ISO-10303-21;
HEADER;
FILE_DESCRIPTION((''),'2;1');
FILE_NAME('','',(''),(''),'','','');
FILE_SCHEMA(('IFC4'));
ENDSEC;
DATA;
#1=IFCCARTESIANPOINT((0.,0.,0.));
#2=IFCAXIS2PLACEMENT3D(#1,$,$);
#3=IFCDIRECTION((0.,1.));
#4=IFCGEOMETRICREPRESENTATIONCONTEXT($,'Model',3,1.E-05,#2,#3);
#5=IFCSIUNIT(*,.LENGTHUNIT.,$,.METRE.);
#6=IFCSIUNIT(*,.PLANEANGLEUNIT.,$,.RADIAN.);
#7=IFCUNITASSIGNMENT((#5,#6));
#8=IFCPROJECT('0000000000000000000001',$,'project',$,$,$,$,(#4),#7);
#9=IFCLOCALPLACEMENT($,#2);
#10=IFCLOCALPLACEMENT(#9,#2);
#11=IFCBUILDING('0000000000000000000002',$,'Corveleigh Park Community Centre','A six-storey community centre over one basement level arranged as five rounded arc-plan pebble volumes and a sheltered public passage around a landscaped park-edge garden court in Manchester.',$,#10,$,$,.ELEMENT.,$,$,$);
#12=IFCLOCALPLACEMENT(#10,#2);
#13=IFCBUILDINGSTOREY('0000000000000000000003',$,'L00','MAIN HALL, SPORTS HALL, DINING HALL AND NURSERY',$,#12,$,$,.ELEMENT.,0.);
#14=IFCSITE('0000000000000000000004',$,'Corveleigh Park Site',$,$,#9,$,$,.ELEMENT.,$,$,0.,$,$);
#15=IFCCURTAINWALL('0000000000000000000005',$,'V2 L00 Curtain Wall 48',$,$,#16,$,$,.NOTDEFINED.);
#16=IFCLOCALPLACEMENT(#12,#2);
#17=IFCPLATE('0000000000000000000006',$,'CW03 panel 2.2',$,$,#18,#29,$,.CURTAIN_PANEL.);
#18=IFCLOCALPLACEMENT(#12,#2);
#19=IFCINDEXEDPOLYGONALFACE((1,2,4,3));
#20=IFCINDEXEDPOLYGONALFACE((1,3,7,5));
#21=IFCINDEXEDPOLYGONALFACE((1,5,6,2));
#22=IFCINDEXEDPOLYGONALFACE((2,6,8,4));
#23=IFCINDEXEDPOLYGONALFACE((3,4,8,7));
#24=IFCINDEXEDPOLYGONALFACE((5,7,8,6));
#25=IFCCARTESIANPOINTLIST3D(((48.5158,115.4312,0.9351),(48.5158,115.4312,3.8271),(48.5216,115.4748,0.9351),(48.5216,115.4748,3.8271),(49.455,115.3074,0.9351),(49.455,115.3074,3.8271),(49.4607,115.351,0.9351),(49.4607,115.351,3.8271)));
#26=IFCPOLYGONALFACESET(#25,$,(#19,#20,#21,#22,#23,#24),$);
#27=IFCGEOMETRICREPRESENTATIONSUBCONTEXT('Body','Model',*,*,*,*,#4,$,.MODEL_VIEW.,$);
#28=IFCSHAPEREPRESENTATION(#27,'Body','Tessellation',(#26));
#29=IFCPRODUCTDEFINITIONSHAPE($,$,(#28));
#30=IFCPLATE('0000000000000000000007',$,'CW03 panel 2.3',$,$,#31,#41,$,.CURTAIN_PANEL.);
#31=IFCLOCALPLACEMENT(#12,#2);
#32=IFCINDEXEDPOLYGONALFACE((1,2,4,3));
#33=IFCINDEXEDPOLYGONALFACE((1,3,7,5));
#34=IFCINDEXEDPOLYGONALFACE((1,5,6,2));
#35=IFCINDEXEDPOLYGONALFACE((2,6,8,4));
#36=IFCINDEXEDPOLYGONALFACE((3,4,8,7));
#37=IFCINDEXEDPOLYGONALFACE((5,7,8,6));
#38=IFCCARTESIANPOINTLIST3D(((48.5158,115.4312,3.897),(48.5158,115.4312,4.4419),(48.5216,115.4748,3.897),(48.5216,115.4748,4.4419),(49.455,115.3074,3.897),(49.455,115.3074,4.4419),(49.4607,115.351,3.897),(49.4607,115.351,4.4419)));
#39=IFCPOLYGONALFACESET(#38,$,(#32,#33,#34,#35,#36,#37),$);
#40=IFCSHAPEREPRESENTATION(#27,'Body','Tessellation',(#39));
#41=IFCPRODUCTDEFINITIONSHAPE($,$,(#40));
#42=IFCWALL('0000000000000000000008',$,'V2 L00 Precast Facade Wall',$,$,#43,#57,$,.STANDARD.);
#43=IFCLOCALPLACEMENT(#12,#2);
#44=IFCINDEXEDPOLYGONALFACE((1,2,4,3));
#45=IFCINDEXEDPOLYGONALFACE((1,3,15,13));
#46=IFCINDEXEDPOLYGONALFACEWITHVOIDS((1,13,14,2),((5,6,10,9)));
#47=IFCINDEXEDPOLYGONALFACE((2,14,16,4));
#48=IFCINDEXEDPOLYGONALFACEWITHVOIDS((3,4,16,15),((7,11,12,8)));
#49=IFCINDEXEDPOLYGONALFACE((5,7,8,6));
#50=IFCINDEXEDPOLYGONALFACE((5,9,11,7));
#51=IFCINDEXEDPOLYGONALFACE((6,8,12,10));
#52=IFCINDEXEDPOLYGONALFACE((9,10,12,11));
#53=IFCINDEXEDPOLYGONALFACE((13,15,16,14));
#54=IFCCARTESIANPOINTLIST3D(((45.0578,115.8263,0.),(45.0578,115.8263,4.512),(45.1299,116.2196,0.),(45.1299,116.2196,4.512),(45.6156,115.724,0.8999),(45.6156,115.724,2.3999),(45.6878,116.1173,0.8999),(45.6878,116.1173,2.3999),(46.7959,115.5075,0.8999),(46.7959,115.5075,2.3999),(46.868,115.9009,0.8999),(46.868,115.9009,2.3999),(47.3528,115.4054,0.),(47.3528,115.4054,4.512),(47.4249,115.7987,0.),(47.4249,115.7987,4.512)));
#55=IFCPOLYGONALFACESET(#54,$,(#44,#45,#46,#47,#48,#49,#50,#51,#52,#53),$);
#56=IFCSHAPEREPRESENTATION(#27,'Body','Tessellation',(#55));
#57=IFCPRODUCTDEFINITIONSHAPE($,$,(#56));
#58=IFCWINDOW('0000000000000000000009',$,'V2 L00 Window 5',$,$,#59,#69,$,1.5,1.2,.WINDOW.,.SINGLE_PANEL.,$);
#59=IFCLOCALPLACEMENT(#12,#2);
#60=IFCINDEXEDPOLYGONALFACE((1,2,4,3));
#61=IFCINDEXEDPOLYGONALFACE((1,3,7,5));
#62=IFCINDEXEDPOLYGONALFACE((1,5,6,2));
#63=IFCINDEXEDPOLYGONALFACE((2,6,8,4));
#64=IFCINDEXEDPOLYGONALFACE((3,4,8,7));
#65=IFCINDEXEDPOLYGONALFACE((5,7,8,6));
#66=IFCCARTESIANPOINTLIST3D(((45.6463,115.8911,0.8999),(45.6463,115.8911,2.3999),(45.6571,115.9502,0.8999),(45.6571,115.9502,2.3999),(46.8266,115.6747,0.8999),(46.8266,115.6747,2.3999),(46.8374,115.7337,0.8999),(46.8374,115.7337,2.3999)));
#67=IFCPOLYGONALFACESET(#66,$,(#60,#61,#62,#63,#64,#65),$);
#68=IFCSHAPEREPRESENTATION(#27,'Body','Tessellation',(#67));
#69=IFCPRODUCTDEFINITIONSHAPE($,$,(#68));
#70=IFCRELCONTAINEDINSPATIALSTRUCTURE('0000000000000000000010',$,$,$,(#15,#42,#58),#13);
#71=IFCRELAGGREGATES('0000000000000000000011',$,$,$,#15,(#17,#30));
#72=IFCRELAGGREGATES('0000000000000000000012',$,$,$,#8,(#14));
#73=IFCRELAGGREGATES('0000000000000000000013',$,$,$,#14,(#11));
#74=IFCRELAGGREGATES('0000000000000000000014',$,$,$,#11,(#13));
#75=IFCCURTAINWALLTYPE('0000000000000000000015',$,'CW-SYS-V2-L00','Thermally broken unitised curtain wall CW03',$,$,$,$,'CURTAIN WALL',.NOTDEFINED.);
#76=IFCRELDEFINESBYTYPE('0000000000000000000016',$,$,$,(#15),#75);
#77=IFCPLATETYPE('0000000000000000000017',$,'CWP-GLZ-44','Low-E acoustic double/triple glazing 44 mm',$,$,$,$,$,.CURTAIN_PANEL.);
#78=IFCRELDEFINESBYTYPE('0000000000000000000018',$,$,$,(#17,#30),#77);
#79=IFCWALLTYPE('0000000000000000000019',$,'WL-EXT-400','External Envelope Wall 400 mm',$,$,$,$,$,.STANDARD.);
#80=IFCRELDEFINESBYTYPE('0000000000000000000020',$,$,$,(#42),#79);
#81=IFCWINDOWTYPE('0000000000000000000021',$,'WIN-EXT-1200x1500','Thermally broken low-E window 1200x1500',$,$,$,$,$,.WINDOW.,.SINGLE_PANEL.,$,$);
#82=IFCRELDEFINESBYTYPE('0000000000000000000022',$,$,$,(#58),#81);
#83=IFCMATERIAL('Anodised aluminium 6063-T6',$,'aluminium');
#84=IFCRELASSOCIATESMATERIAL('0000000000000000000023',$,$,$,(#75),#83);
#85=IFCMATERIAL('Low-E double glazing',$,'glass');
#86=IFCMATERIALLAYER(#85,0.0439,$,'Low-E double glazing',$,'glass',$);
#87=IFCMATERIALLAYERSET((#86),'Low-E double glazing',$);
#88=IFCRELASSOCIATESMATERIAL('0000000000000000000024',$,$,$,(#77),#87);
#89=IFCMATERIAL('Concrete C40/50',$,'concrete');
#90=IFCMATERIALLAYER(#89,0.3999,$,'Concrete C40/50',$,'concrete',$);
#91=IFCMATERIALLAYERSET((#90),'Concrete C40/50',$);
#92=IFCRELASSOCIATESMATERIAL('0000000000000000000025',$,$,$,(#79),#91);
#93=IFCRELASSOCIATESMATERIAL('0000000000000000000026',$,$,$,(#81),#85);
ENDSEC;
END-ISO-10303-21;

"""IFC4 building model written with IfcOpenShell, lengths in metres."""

from ifc_helpers import new_model, si_unit, direction, frame, frame_2d, origin, origin_2d, place, context, subcontext, project, spatial, rectangle, extrude, material, layer, layer_set, type_object, element, fill, aggregate, save


model = new_model("IFC4")

# Units and contexts
model_context = context("Model", 3, precision=1e-05, world=origin(), true_north=direction((0.0, 1.0)))
body_context = subcontext(model_context, "Body", "Model", "MODEL_VIEW")
ifc_project = project(units=[si_unit("LENGTHUNIT", "METRE"), si_unit("PLANEANGLEUNIT", "RADIAN")], contexts=[model_context])

# Site, building, storey
site_placement = place(None, origin())
site = spatial("IfcSite", under=ifc_project, at=site_placement, Name="Corveleigh Park Site", CompositionType="ELEMENT", RefElevation=0.0)
building_placement = place(site_placement, origin())
building = spatial("IfcBuilding", under=site, at=building_placement, Name="Corveleigh Park Community Centre", Description="A six-storey community centre over one basement level arranged as five rounded arc-plan pebble volumes and a sheltered public passage around a landscaped park-edge garden court in Manchester.", CompositionType="ELEMENT")
storey_placement = place(building_placement, origin())
storey = spatial("IfcBuildingStorey", under=building, at=storey_placement, Name="L00", Description="MAIN HALL, SPORTS HALL, DINING HALL AND NURSERY", CompositionType="ELEMENT", Elevation=0.0)

# Shared definitions
ifc_material_1 = material(Name="Anodised aluminium 6063-T6", Category="aluminium")
curtain_wall_type = type_object("IfcCurtainWallType", Name="CW-SYS-V2-L00", Description="Thermally broken unitised curtain wall CW03", ElementType="CURTAIN WALL", PredefinedType="NOTDEFINED", material=ifc_material_1)

# Curtain wall
curtain_wall_1_placement = place(storey_placement, origin())
curtain_wall_1 = element("IfcCurtainWall", 1, at=curtain_wall_1_placement, inside=storey, type_object=curtain_wall_type, Name="V2 L00 Curtain Wall 48", PredefinedType="NOTDEFINED")

# Plates
ifc_material_2 = material(Name="Low-E double glazing", Category="glass")
ifc_layer_1 = layer(ifc_material_2, 0.0439, Name="Low-E double glazing", Category="glass")
ifc_layer_set_1 = layer_set([ifc_layer_1], Name="Low-E double glazing")
plate_type_1 = type_object("IfcPlateType", Name="CWP-GLZ-44", Description="Low-E acoustic double/triple glazing 44 mm", PredefinedType="CURTAIN_PANEL", material=ifc_layer_set_1)
plate_1_placement = place(storey_placement, frame((48.9883, 115.3911, 0.9351), z_axis=(0.0, 0.0, 1.0), x_axis=(0.991418, -0.130731, 0.0)))
plate_1 = element("IfcPlate", 2, at=plate_1_placement, type_object=plate_type_1, Name="CW03 panel 2.2", PredefinedType="CURTAIN_PANEL", context=body_context, shape_type="SweptSolid", body=[
    extrude(rectangle(XDim=0.9473, YDim=0.0439, at=origin_2d()), origin(), (0.0, 0.0, 1.0), 2.8921),
])
plate_2_placement = place(storey_placement, frame((48.9883, 115.3911, 3.897), z_axis=(0.0, 0.0, 1.0), x_axis=(0.991418, -0.130731, 0.0)))
plate_2 = element("IfcPlate", 3, at=plate_2_placement, type_object=plate_type_1, Name="CW03 panel 2.3", PredefinedType="CURTAIN_PANEL", context=body_context, shape_type="SweptSolid", body=[
    extrude(rectangle(XDim=0.9473, YDim=0.0439, at=origin_2d()), origin(), (0.0, 0.0, 1.0), 0.5449),
])
aggregate(curtain_wall_1, [plate_1, plate_2])

# Wall, opening, window
ifc_material_3 = material(Name="Concrete C40/50", Category="concrete")
ifc_layer_2 = layer(ifc_material_3, 0.3999, Name="Concrete C40/50", Category="concrete")
ifc_layer_set_2 = layer_set([ifc_layer_2], Name="Concrete C40/50")
wall_type = type_object("IfcWallType", Name="WL-EXT-400", Description="External Envelope Wall 400 mm", PredefinedType="STANDARD", material=ifc_layer_set_2)
wall_placement = place(storey_placement, frame((45.094, 116.0229, 0.0), z_axis=(0.0, 0.0, 1.0), x_axis=(0.983594, -0.180395, 0.0)))
wall = element("IfcWall", 4, at=wall_placement, inside=storey, type_object=wall_type, Name="V2 L00 Precast Facade Wall", PredefinedType="STANDARD", context=body_context, shape_type="SweptSolid", body=[
    extrude(rectangle(XDim=2.3333, YDim=0.3999, at=frame_2d((1.1665, 0.0))), origin(), (0.0, 0.0, 1.0), 4.512),
])
opening_placement = place(wall_placement, frame((0.5669, 0.0, 0.8999)))
opening = element("IfcOpeningElement", 5, at=opening_placement, cuts=wall, PredefinedType="OPENING", context=body_context, shape_type="SweptSolid", body=[
    extrude(rectangle(XDim=1.2, YDim=1.5, at=frame_2d((0.6001, 0.75))), frame((0.0, 0.21, 0.0), z_axis=(0.0, -1.0, 0.0), x_axis=(1.0, 0.0, 0.0)), (0.0, 0.0, 1.0), 0.4199),
])
window_type = type_object("IfcWindowType", Name="WIN-EXT-1200x1500", Description="Thermally broken low-E window 1200x1500", PartitioningType="SINGLE_PANEL", PredefinedType="WINDOW", material=ifc_material_2)
window_placement = place(opening_placement, origin())
window = element("IfcWindow", 6, at=window_placement, inside=storey, type_object=window_type, Name="V2 L00 Window 5", OverallHeight=1.5, OverallWidth=1.2, PartitioningType="SINGLE_PANEL", PredefinedType="WINDOW", context=body_context, shape_type="SweptSolid", body=[
    extrude(rectangle(XDim=1.2, YDim=1.5, at=frame_2d((0.6001, 0.75))), frame((0.0, 0.03, 0.0), z_axis=(0.0, -1.0, 0.0), x_axis=(1.0, 0.0, 0.0)), (0.0, 0.0, 1.0), 0.0601),
])
fill(opening, window)

save(model, "model.ifc")
